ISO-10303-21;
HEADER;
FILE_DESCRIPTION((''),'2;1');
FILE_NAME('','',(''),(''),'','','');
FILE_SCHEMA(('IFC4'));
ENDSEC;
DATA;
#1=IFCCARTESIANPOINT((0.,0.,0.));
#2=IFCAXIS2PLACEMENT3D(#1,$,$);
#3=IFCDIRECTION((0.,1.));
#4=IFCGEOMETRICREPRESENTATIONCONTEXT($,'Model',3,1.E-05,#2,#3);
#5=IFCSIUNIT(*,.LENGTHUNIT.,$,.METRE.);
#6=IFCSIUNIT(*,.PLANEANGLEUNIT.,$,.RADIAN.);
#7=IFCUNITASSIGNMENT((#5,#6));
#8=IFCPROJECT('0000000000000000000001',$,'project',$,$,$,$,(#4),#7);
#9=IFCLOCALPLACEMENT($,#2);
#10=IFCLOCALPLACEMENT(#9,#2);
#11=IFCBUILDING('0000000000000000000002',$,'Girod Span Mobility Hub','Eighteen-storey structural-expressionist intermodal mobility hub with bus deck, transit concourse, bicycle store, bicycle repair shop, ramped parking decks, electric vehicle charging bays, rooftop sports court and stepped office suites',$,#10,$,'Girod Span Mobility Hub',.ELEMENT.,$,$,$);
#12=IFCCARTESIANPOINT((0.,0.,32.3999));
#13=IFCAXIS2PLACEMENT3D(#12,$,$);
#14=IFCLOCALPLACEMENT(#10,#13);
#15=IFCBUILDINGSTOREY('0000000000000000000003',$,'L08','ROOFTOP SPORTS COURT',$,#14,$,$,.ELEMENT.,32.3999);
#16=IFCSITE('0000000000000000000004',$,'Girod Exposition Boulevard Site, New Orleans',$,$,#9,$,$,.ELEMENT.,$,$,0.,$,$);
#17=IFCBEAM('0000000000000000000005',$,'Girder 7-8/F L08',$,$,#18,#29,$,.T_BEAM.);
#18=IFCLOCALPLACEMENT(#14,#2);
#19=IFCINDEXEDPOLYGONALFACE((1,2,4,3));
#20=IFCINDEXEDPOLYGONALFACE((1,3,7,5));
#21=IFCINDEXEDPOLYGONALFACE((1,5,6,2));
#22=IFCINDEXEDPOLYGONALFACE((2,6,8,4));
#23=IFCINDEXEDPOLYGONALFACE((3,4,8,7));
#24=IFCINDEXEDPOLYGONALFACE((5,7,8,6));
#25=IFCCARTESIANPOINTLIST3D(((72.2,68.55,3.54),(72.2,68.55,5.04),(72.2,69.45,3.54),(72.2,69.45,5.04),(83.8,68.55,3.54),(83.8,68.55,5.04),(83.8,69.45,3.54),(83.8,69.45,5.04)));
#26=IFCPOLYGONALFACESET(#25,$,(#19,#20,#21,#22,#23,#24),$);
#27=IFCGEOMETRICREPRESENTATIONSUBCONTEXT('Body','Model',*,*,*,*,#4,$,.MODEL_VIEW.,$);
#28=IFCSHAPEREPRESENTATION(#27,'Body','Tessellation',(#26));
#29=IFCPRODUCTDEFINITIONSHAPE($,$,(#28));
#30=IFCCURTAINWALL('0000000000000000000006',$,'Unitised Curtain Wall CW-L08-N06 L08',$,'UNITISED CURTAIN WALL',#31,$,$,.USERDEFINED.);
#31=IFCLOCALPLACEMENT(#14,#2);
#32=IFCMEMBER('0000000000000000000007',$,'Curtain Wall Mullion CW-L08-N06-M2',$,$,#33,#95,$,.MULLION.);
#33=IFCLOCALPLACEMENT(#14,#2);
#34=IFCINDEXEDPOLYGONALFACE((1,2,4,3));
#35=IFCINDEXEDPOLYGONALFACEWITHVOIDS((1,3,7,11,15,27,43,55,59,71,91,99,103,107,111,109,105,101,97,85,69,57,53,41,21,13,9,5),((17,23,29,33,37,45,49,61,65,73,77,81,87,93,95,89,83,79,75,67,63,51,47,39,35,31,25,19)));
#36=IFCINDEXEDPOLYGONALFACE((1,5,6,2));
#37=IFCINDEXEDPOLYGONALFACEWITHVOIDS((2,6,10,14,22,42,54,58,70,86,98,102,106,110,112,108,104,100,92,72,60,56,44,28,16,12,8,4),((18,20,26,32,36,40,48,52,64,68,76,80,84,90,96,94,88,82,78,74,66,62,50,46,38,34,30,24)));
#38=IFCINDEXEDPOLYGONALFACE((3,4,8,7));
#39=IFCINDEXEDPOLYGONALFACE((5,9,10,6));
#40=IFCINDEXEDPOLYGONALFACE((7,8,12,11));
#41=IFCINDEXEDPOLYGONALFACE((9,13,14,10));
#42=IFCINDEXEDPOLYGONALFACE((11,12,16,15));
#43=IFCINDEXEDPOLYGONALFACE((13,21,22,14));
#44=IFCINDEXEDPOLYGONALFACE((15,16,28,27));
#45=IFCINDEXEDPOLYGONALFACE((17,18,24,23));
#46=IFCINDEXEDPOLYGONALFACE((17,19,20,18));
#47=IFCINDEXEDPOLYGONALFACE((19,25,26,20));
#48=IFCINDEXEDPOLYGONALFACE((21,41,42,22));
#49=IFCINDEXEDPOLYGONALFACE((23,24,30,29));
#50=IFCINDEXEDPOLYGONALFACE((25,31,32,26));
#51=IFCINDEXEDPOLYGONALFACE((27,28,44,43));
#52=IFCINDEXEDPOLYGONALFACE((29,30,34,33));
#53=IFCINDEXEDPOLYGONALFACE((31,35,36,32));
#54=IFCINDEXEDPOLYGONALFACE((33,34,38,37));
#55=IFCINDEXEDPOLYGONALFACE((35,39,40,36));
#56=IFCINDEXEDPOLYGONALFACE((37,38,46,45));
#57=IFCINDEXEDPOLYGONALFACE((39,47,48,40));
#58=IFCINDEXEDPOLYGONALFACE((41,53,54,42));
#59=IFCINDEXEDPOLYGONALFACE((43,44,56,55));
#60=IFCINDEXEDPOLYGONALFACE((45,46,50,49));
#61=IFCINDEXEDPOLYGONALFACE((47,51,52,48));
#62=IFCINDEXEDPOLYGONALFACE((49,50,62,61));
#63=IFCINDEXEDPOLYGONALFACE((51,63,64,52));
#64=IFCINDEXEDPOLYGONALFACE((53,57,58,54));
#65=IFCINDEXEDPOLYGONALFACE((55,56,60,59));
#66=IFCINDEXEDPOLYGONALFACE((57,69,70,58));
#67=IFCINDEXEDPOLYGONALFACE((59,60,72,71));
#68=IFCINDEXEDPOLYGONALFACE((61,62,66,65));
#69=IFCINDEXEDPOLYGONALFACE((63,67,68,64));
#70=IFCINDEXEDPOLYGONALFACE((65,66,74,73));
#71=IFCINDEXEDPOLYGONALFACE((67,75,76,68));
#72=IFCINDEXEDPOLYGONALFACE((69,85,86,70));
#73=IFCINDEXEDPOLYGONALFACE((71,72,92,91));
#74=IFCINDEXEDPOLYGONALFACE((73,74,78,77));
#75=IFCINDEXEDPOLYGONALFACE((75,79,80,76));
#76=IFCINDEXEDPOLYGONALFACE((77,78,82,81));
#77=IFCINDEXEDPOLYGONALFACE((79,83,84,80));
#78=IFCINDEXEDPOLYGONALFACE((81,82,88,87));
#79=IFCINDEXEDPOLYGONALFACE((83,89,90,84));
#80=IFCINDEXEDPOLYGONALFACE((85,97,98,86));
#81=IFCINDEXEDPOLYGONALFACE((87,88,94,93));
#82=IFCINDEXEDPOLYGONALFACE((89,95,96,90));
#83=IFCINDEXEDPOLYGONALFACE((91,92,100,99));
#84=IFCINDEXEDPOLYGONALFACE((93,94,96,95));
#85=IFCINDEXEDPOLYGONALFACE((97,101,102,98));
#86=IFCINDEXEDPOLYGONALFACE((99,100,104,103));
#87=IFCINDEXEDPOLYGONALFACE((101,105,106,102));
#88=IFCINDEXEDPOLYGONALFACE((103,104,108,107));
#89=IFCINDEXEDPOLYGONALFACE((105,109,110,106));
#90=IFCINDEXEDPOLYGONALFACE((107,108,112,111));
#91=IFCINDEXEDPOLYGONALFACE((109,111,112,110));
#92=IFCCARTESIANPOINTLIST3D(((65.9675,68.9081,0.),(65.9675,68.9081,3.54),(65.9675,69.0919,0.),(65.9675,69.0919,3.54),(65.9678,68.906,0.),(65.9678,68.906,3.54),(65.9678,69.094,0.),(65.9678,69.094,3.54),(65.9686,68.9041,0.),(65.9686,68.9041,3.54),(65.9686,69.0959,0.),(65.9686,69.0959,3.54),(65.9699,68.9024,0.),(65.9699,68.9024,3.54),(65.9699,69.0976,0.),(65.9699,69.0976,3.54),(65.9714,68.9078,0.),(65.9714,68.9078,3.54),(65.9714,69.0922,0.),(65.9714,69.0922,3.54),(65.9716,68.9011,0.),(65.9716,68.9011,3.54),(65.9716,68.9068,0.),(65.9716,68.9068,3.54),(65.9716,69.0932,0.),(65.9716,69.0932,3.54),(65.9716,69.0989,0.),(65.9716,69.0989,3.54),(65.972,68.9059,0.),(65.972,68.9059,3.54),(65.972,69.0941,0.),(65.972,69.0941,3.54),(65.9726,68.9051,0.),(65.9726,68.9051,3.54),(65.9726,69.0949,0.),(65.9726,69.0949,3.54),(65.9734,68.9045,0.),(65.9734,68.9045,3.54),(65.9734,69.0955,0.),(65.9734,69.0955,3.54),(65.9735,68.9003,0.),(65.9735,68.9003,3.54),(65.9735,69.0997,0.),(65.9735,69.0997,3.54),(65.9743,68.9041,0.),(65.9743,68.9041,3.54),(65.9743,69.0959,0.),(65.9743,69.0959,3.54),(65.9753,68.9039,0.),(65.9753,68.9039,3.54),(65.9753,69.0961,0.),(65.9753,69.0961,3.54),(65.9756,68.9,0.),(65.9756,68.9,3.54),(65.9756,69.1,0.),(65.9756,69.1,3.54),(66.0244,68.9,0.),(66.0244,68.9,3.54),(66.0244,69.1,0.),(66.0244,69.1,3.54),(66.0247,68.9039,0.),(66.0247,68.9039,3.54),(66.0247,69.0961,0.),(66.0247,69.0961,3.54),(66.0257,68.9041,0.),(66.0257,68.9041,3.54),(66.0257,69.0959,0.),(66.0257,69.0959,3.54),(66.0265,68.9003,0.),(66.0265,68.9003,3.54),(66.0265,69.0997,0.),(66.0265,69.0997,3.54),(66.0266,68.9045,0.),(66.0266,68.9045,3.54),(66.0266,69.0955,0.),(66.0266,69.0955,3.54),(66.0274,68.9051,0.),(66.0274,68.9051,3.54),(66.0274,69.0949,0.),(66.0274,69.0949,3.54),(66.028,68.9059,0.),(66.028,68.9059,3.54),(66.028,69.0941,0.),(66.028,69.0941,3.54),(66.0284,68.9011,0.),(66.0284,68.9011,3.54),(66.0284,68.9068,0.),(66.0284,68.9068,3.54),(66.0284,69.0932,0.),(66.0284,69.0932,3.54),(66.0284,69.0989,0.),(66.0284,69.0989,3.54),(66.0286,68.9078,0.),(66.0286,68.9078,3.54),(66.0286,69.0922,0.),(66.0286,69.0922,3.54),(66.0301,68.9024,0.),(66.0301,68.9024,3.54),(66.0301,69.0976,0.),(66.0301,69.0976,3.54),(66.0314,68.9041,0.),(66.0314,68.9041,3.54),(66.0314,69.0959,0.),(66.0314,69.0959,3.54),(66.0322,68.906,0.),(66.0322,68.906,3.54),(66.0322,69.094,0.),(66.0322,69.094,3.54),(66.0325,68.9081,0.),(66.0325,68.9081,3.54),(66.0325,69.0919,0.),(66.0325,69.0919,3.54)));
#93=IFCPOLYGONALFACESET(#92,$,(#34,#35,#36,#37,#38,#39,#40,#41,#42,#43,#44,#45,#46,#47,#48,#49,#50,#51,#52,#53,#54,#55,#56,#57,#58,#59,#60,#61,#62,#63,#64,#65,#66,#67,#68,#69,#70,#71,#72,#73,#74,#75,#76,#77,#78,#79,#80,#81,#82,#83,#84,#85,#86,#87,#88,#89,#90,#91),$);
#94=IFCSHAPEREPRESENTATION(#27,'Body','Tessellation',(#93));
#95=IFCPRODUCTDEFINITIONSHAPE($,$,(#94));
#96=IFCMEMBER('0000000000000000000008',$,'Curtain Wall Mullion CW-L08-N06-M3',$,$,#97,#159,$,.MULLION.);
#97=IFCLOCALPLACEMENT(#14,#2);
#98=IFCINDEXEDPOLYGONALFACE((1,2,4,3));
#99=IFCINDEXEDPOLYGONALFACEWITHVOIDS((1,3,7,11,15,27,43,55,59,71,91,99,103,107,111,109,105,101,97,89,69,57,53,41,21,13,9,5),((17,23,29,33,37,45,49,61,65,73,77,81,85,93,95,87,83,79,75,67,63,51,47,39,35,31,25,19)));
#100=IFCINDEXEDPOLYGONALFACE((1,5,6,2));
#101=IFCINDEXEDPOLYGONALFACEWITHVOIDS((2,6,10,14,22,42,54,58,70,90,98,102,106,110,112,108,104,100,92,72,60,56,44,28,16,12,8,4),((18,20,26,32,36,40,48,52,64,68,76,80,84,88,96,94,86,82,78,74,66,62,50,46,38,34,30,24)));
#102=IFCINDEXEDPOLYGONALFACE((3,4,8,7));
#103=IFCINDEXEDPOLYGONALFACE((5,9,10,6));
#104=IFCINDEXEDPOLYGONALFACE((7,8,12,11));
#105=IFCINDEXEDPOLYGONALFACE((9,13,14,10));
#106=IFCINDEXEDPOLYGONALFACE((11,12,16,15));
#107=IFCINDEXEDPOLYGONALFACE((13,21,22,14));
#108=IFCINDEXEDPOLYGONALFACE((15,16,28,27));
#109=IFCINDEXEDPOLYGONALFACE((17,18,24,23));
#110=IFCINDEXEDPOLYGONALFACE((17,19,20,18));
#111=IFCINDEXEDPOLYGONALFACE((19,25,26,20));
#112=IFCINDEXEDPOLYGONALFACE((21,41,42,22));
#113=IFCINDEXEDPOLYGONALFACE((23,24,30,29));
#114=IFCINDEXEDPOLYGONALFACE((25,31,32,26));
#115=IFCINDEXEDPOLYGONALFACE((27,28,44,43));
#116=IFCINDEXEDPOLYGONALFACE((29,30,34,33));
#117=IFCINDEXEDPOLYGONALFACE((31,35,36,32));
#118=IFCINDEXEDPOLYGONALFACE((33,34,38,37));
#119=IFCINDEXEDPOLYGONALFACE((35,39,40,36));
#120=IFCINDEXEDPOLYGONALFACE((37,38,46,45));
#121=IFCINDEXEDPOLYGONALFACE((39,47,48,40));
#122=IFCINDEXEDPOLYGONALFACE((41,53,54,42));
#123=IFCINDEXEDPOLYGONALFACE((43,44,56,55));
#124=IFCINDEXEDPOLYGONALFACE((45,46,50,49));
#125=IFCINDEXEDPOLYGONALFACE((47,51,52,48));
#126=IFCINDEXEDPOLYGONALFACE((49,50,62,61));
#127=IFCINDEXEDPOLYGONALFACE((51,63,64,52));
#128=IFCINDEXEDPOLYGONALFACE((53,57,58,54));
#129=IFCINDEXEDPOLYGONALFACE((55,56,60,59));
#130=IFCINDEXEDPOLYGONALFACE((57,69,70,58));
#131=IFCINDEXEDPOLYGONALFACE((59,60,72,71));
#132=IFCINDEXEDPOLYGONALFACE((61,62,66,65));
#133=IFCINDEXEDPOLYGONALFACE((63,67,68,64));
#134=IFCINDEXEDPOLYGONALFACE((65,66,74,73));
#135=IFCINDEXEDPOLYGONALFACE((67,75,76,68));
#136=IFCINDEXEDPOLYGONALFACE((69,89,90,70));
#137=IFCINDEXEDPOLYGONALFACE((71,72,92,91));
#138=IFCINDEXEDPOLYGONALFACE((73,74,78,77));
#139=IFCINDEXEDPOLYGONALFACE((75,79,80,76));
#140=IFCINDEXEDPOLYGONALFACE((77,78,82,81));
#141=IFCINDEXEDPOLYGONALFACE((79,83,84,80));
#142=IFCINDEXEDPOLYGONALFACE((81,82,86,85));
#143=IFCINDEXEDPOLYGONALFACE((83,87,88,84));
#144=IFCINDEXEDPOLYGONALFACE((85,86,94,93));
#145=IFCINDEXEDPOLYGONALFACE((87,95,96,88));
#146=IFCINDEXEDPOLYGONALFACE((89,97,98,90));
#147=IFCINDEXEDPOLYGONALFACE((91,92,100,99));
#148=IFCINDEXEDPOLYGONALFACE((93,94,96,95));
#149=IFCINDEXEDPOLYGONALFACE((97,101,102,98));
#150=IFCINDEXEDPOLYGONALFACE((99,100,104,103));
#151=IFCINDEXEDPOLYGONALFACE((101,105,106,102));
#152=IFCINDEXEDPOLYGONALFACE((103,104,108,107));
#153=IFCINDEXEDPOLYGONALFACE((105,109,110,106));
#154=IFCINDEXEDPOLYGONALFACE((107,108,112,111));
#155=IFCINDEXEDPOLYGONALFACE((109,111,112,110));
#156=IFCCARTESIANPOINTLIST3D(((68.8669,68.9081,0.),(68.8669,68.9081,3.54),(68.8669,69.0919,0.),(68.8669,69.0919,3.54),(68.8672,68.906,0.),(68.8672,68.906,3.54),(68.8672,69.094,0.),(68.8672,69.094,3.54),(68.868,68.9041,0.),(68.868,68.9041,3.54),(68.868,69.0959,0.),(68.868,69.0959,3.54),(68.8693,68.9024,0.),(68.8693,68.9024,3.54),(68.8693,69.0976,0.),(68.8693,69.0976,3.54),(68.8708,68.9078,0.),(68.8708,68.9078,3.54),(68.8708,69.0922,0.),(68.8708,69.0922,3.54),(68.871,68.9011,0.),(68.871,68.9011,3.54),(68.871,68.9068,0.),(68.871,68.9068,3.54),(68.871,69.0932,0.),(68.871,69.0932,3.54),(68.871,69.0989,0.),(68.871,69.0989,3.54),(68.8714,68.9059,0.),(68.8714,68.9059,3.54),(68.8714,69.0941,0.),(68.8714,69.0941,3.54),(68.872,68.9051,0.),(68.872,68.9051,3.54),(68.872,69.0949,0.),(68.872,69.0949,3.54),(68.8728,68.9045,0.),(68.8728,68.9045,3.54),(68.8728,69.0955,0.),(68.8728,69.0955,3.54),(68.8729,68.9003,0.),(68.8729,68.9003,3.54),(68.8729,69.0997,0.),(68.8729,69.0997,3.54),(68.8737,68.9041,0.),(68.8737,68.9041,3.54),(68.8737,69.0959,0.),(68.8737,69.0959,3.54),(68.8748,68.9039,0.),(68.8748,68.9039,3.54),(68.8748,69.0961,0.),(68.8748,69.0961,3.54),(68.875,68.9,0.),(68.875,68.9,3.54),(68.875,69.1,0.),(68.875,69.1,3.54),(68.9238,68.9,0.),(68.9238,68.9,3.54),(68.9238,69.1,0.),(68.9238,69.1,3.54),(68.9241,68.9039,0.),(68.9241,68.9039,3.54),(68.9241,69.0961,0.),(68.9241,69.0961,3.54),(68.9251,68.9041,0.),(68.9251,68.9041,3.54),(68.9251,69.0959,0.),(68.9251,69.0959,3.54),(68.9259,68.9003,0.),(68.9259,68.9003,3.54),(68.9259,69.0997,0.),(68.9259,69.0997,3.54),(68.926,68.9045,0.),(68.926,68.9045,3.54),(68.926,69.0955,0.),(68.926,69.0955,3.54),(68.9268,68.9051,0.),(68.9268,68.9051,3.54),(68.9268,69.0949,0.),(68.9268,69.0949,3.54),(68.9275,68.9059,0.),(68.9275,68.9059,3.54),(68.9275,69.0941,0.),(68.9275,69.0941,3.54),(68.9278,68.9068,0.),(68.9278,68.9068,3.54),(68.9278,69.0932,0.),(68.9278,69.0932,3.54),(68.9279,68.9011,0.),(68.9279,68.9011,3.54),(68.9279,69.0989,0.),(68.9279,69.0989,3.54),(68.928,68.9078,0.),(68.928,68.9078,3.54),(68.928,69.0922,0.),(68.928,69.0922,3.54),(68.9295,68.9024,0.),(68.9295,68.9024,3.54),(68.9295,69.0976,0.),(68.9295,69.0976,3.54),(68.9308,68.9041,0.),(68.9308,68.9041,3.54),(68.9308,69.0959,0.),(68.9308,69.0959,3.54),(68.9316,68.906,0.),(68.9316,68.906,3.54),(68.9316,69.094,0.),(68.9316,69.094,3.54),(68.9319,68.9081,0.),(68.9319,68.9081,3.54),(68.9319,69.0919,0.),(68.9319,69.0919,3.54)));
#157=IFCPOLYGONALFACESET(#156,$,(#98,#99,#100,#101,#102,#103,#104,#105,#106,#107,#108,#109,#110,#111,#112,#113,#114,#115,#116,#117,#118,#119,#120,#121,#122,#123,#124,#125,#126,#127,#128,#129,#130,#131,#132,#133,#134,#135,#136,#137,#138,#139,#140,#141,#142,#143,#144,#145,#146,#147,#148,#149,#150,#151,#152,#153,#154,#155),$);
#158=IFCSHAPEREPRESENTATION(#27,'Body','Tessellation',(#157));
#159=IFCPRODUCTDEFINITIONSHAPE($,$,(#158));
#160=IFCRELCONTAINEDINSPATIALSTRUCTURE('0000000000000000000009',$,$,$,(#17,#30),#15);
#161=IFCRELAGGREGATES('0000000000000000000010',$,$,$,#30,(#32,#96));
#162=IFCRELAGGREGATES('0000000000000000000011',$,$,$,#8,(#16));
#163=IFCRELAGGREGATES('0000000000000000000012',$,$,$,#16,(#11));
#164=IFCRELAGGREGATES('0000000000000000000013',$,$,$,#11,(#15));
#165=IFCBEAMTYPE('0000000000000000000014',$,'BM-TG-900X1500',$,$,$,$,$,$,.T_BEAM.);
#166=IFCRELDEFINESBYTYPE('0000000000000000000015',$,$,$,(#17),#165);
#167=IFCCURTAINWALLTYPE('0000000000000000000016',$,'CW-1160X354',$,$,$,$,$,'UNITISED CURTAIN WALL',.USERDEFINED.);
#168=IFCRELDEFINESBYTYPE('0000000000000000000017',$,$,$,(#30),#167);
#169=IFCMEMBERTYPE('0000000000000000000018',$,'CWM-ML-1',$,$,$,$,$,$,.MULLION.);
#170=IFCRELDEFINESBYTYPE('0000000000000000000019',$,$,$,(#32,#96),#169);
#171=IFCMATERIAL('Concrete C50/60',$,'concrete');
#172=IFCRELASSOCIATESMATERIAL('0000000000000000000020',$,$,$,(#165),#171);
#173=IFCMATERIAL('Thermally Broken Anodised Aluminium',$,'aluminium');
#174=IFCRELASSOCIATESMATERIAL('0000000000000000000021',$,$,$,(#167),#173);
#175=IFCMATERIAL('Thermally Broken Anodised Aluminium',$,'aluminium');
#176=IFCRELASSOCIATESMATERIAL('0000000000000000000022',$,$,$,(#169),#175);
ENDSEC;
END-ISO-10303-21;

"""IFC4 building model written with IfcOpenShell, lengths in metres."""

from ifc_helpers import new_model, si_unit, direction, frame, origin, origin_2d, place, context, subcontext, project, spatial, rectangle, hollow_rectangle, extrude, material, material_profile, profile_set, type_object, element, aggregate, save


model = new_model("IFC4")

# Units and contexts
model_context = context("Model", 3, precision=1e-05, world=origin(), true_north=direction((0.0, 1.0)))
body_context = subcontext(model_context, "Body", "Model", "MODEL_VIEW")
ifc_project = project(units=[si_unit("LENGTHUNIT", "METRE"), si_unit("PLANEANGLEUNIT", "RADIAN")], contexts=[model_context])

# Site, building, storey
site_placement = place(None, origin())
site = spatial("IfcSite", under=ifc_project, at=site_placement, Name="Girod Exposition Boulevard Site, New Orleans", CompositionType="ELEMENT", RefElevation=0.0)
building_placement = place(site_placement, origin())
building = spatial("IfcBuilding", under=site, at=building_placement, Name="Girod Span Mobility Hub", Description="Eighteen-storey structural-expressionist intermodal mobility hub with bus deck, transit concourse, bicycle store, bicycle repair shop, ramped parking decks, electric vehicle charging bays, rooftop sports court and stepped office suites", LongName="Girod Span Mobility Hub", CompositionType="ELEMENT")
storey_placement = place(building_placement, frame((0.0, 0.0, 32.3999)))
storey = spatial("IfcBuildingStorey", under=building, at=storey_placement, Name="L08", Description="ROOFTOP SPORTS COURT", CompositionType="ELEMENT", Elevation=32.3999)

# Beam
ifc_material_1 = material(Name="Concrete C50/60", Category="concrete")
ifc_material_profile_1 = material_profile(ifc_material_1, rectangle(XDim=0.8999, YDim=1.5, at=origin_2d()), Name="TG-900X1500")
ifc_profile_set_1 = profile_set([ifc_material_profile_1], Name="Concrete C50/60")
beam_type_1 = type_object("IfcBeamType", Name="BM-TG-900X1500", PredefinedType="T_BEAM", material=ifc_profile_set_1)
beam_1_placement = place(storey_placement, frame((72.2, 69.0, 4.29), z_axis=(1.0, 0.0, 0.0), x_axis=(0.0, 1.0, 0.0)))
element("IfcBeam", 1, at=beam_1_placement, inside=storey, type_object=beam_type_1, Name="Girder 7-8/F L08", PredefinedType="T_BEAM", context=body_context, shape_type="SweptSolid", body=[
    extrude(rectangle(XDim=0.8999, YDim=1.5, at=origin_2d()), origin(), (0.0, 0.0, 1.0), 11.6001),
])

# Curtain wall, members
ifc_material_2 = material(Name="Thermally Broken Anodised Aluminium", Category="aluminium")
curtain_wall_type = type_object("IfcCurtainWallType", Name="CW-1160X354", ElementType="UNITISED CURTAIN WALL", PredefinedType="USERDEFINED", material=ifc_material_2)
curtain_wall_1_placement = place(storey_placement, origin())
curtain_wall_1 = element("IfcCurtainWall", 2, at=curtain_wall_1_placement, inside=storey, type_object=curtain_wall_type, Name="Unitised Curtain Wall CW-L08-N06 L08", ObjectType="UNITISED CURTAIN WALL", PredefinedType="USERDEFINED")
ifc_material_3 = material(Name="Thermally Broken Anodised Aluminium", Category="aluminium")
ifc_material_profile_2 = material_profile(ifc_material_3, hollow_rectangle(XDim=0.2, YDim=0.0649, WallThickness=0.0039, InnerFilletRadius=0.0039, OuterFilletRadius=0.0081, at=origin_2d()), Name="CW-ML-65X200")
ifc_profile_set_2 = profile_set([ifc_material_profile_2], Name="Thermally Broken Anodised Aluminium")
member_type_1 = type_object("IfcMemberType", Name="CWM-ML-1", PredefinedType="MULLION", material=ifc_profile_set_2)
member_1_placement = place(storey_placement, frame((66.0, 69.0, 0.0), z_axis=(0.0, 0.0, 1.0), x_axis=(0.0, 1.0, 0.0)))
member_1 = element("IfcMember", 3, at=member_1_placement, type_object=member_type_1, Name="Curtain Wall Mullion CW-L08-N06-M2", PredefinedType="MULLION", context=body_context, shape_type="SweptSolid", body=[
    extrude(hollow_rectangle(XDim=0.2, YDim=0.0649, WallThickness=0.0039, InnerFilletRadius=0.0039, OuterFilletRadius=0.0081, at=origin_2d()), origin(), (0.0, 0.0, 1.0), 3.54),
])
member_2_placement = place(storey_placement, frame((68.8994, 69.0, 0.0), z_axis=(0.0, 0.0, 1.0), x_axis=(0.0, 1.0, 0.0)))
member_2 = element("IfcMember", 4, at=member_2_placement, type_object=member_type_1, Name="Curtain Wall Mullion CW-L08-N06-M3", PredefinedType="MULLION", context=body_context, shape_type="SweptSolid", body=[
    extrude(hollow_rectangle(XDim=0.2, YDim=0.0649, WallThickness=0.0039, InnerFilletRadius=0.0039, OuterFilletRadius=0.0081, at=origin_2d()), origin(), (0.0, 0.0, 1.0), 3.54),
])

aggregate(curtain_wall_1, [member_1, member_2])

save(model, "model.ifc")
